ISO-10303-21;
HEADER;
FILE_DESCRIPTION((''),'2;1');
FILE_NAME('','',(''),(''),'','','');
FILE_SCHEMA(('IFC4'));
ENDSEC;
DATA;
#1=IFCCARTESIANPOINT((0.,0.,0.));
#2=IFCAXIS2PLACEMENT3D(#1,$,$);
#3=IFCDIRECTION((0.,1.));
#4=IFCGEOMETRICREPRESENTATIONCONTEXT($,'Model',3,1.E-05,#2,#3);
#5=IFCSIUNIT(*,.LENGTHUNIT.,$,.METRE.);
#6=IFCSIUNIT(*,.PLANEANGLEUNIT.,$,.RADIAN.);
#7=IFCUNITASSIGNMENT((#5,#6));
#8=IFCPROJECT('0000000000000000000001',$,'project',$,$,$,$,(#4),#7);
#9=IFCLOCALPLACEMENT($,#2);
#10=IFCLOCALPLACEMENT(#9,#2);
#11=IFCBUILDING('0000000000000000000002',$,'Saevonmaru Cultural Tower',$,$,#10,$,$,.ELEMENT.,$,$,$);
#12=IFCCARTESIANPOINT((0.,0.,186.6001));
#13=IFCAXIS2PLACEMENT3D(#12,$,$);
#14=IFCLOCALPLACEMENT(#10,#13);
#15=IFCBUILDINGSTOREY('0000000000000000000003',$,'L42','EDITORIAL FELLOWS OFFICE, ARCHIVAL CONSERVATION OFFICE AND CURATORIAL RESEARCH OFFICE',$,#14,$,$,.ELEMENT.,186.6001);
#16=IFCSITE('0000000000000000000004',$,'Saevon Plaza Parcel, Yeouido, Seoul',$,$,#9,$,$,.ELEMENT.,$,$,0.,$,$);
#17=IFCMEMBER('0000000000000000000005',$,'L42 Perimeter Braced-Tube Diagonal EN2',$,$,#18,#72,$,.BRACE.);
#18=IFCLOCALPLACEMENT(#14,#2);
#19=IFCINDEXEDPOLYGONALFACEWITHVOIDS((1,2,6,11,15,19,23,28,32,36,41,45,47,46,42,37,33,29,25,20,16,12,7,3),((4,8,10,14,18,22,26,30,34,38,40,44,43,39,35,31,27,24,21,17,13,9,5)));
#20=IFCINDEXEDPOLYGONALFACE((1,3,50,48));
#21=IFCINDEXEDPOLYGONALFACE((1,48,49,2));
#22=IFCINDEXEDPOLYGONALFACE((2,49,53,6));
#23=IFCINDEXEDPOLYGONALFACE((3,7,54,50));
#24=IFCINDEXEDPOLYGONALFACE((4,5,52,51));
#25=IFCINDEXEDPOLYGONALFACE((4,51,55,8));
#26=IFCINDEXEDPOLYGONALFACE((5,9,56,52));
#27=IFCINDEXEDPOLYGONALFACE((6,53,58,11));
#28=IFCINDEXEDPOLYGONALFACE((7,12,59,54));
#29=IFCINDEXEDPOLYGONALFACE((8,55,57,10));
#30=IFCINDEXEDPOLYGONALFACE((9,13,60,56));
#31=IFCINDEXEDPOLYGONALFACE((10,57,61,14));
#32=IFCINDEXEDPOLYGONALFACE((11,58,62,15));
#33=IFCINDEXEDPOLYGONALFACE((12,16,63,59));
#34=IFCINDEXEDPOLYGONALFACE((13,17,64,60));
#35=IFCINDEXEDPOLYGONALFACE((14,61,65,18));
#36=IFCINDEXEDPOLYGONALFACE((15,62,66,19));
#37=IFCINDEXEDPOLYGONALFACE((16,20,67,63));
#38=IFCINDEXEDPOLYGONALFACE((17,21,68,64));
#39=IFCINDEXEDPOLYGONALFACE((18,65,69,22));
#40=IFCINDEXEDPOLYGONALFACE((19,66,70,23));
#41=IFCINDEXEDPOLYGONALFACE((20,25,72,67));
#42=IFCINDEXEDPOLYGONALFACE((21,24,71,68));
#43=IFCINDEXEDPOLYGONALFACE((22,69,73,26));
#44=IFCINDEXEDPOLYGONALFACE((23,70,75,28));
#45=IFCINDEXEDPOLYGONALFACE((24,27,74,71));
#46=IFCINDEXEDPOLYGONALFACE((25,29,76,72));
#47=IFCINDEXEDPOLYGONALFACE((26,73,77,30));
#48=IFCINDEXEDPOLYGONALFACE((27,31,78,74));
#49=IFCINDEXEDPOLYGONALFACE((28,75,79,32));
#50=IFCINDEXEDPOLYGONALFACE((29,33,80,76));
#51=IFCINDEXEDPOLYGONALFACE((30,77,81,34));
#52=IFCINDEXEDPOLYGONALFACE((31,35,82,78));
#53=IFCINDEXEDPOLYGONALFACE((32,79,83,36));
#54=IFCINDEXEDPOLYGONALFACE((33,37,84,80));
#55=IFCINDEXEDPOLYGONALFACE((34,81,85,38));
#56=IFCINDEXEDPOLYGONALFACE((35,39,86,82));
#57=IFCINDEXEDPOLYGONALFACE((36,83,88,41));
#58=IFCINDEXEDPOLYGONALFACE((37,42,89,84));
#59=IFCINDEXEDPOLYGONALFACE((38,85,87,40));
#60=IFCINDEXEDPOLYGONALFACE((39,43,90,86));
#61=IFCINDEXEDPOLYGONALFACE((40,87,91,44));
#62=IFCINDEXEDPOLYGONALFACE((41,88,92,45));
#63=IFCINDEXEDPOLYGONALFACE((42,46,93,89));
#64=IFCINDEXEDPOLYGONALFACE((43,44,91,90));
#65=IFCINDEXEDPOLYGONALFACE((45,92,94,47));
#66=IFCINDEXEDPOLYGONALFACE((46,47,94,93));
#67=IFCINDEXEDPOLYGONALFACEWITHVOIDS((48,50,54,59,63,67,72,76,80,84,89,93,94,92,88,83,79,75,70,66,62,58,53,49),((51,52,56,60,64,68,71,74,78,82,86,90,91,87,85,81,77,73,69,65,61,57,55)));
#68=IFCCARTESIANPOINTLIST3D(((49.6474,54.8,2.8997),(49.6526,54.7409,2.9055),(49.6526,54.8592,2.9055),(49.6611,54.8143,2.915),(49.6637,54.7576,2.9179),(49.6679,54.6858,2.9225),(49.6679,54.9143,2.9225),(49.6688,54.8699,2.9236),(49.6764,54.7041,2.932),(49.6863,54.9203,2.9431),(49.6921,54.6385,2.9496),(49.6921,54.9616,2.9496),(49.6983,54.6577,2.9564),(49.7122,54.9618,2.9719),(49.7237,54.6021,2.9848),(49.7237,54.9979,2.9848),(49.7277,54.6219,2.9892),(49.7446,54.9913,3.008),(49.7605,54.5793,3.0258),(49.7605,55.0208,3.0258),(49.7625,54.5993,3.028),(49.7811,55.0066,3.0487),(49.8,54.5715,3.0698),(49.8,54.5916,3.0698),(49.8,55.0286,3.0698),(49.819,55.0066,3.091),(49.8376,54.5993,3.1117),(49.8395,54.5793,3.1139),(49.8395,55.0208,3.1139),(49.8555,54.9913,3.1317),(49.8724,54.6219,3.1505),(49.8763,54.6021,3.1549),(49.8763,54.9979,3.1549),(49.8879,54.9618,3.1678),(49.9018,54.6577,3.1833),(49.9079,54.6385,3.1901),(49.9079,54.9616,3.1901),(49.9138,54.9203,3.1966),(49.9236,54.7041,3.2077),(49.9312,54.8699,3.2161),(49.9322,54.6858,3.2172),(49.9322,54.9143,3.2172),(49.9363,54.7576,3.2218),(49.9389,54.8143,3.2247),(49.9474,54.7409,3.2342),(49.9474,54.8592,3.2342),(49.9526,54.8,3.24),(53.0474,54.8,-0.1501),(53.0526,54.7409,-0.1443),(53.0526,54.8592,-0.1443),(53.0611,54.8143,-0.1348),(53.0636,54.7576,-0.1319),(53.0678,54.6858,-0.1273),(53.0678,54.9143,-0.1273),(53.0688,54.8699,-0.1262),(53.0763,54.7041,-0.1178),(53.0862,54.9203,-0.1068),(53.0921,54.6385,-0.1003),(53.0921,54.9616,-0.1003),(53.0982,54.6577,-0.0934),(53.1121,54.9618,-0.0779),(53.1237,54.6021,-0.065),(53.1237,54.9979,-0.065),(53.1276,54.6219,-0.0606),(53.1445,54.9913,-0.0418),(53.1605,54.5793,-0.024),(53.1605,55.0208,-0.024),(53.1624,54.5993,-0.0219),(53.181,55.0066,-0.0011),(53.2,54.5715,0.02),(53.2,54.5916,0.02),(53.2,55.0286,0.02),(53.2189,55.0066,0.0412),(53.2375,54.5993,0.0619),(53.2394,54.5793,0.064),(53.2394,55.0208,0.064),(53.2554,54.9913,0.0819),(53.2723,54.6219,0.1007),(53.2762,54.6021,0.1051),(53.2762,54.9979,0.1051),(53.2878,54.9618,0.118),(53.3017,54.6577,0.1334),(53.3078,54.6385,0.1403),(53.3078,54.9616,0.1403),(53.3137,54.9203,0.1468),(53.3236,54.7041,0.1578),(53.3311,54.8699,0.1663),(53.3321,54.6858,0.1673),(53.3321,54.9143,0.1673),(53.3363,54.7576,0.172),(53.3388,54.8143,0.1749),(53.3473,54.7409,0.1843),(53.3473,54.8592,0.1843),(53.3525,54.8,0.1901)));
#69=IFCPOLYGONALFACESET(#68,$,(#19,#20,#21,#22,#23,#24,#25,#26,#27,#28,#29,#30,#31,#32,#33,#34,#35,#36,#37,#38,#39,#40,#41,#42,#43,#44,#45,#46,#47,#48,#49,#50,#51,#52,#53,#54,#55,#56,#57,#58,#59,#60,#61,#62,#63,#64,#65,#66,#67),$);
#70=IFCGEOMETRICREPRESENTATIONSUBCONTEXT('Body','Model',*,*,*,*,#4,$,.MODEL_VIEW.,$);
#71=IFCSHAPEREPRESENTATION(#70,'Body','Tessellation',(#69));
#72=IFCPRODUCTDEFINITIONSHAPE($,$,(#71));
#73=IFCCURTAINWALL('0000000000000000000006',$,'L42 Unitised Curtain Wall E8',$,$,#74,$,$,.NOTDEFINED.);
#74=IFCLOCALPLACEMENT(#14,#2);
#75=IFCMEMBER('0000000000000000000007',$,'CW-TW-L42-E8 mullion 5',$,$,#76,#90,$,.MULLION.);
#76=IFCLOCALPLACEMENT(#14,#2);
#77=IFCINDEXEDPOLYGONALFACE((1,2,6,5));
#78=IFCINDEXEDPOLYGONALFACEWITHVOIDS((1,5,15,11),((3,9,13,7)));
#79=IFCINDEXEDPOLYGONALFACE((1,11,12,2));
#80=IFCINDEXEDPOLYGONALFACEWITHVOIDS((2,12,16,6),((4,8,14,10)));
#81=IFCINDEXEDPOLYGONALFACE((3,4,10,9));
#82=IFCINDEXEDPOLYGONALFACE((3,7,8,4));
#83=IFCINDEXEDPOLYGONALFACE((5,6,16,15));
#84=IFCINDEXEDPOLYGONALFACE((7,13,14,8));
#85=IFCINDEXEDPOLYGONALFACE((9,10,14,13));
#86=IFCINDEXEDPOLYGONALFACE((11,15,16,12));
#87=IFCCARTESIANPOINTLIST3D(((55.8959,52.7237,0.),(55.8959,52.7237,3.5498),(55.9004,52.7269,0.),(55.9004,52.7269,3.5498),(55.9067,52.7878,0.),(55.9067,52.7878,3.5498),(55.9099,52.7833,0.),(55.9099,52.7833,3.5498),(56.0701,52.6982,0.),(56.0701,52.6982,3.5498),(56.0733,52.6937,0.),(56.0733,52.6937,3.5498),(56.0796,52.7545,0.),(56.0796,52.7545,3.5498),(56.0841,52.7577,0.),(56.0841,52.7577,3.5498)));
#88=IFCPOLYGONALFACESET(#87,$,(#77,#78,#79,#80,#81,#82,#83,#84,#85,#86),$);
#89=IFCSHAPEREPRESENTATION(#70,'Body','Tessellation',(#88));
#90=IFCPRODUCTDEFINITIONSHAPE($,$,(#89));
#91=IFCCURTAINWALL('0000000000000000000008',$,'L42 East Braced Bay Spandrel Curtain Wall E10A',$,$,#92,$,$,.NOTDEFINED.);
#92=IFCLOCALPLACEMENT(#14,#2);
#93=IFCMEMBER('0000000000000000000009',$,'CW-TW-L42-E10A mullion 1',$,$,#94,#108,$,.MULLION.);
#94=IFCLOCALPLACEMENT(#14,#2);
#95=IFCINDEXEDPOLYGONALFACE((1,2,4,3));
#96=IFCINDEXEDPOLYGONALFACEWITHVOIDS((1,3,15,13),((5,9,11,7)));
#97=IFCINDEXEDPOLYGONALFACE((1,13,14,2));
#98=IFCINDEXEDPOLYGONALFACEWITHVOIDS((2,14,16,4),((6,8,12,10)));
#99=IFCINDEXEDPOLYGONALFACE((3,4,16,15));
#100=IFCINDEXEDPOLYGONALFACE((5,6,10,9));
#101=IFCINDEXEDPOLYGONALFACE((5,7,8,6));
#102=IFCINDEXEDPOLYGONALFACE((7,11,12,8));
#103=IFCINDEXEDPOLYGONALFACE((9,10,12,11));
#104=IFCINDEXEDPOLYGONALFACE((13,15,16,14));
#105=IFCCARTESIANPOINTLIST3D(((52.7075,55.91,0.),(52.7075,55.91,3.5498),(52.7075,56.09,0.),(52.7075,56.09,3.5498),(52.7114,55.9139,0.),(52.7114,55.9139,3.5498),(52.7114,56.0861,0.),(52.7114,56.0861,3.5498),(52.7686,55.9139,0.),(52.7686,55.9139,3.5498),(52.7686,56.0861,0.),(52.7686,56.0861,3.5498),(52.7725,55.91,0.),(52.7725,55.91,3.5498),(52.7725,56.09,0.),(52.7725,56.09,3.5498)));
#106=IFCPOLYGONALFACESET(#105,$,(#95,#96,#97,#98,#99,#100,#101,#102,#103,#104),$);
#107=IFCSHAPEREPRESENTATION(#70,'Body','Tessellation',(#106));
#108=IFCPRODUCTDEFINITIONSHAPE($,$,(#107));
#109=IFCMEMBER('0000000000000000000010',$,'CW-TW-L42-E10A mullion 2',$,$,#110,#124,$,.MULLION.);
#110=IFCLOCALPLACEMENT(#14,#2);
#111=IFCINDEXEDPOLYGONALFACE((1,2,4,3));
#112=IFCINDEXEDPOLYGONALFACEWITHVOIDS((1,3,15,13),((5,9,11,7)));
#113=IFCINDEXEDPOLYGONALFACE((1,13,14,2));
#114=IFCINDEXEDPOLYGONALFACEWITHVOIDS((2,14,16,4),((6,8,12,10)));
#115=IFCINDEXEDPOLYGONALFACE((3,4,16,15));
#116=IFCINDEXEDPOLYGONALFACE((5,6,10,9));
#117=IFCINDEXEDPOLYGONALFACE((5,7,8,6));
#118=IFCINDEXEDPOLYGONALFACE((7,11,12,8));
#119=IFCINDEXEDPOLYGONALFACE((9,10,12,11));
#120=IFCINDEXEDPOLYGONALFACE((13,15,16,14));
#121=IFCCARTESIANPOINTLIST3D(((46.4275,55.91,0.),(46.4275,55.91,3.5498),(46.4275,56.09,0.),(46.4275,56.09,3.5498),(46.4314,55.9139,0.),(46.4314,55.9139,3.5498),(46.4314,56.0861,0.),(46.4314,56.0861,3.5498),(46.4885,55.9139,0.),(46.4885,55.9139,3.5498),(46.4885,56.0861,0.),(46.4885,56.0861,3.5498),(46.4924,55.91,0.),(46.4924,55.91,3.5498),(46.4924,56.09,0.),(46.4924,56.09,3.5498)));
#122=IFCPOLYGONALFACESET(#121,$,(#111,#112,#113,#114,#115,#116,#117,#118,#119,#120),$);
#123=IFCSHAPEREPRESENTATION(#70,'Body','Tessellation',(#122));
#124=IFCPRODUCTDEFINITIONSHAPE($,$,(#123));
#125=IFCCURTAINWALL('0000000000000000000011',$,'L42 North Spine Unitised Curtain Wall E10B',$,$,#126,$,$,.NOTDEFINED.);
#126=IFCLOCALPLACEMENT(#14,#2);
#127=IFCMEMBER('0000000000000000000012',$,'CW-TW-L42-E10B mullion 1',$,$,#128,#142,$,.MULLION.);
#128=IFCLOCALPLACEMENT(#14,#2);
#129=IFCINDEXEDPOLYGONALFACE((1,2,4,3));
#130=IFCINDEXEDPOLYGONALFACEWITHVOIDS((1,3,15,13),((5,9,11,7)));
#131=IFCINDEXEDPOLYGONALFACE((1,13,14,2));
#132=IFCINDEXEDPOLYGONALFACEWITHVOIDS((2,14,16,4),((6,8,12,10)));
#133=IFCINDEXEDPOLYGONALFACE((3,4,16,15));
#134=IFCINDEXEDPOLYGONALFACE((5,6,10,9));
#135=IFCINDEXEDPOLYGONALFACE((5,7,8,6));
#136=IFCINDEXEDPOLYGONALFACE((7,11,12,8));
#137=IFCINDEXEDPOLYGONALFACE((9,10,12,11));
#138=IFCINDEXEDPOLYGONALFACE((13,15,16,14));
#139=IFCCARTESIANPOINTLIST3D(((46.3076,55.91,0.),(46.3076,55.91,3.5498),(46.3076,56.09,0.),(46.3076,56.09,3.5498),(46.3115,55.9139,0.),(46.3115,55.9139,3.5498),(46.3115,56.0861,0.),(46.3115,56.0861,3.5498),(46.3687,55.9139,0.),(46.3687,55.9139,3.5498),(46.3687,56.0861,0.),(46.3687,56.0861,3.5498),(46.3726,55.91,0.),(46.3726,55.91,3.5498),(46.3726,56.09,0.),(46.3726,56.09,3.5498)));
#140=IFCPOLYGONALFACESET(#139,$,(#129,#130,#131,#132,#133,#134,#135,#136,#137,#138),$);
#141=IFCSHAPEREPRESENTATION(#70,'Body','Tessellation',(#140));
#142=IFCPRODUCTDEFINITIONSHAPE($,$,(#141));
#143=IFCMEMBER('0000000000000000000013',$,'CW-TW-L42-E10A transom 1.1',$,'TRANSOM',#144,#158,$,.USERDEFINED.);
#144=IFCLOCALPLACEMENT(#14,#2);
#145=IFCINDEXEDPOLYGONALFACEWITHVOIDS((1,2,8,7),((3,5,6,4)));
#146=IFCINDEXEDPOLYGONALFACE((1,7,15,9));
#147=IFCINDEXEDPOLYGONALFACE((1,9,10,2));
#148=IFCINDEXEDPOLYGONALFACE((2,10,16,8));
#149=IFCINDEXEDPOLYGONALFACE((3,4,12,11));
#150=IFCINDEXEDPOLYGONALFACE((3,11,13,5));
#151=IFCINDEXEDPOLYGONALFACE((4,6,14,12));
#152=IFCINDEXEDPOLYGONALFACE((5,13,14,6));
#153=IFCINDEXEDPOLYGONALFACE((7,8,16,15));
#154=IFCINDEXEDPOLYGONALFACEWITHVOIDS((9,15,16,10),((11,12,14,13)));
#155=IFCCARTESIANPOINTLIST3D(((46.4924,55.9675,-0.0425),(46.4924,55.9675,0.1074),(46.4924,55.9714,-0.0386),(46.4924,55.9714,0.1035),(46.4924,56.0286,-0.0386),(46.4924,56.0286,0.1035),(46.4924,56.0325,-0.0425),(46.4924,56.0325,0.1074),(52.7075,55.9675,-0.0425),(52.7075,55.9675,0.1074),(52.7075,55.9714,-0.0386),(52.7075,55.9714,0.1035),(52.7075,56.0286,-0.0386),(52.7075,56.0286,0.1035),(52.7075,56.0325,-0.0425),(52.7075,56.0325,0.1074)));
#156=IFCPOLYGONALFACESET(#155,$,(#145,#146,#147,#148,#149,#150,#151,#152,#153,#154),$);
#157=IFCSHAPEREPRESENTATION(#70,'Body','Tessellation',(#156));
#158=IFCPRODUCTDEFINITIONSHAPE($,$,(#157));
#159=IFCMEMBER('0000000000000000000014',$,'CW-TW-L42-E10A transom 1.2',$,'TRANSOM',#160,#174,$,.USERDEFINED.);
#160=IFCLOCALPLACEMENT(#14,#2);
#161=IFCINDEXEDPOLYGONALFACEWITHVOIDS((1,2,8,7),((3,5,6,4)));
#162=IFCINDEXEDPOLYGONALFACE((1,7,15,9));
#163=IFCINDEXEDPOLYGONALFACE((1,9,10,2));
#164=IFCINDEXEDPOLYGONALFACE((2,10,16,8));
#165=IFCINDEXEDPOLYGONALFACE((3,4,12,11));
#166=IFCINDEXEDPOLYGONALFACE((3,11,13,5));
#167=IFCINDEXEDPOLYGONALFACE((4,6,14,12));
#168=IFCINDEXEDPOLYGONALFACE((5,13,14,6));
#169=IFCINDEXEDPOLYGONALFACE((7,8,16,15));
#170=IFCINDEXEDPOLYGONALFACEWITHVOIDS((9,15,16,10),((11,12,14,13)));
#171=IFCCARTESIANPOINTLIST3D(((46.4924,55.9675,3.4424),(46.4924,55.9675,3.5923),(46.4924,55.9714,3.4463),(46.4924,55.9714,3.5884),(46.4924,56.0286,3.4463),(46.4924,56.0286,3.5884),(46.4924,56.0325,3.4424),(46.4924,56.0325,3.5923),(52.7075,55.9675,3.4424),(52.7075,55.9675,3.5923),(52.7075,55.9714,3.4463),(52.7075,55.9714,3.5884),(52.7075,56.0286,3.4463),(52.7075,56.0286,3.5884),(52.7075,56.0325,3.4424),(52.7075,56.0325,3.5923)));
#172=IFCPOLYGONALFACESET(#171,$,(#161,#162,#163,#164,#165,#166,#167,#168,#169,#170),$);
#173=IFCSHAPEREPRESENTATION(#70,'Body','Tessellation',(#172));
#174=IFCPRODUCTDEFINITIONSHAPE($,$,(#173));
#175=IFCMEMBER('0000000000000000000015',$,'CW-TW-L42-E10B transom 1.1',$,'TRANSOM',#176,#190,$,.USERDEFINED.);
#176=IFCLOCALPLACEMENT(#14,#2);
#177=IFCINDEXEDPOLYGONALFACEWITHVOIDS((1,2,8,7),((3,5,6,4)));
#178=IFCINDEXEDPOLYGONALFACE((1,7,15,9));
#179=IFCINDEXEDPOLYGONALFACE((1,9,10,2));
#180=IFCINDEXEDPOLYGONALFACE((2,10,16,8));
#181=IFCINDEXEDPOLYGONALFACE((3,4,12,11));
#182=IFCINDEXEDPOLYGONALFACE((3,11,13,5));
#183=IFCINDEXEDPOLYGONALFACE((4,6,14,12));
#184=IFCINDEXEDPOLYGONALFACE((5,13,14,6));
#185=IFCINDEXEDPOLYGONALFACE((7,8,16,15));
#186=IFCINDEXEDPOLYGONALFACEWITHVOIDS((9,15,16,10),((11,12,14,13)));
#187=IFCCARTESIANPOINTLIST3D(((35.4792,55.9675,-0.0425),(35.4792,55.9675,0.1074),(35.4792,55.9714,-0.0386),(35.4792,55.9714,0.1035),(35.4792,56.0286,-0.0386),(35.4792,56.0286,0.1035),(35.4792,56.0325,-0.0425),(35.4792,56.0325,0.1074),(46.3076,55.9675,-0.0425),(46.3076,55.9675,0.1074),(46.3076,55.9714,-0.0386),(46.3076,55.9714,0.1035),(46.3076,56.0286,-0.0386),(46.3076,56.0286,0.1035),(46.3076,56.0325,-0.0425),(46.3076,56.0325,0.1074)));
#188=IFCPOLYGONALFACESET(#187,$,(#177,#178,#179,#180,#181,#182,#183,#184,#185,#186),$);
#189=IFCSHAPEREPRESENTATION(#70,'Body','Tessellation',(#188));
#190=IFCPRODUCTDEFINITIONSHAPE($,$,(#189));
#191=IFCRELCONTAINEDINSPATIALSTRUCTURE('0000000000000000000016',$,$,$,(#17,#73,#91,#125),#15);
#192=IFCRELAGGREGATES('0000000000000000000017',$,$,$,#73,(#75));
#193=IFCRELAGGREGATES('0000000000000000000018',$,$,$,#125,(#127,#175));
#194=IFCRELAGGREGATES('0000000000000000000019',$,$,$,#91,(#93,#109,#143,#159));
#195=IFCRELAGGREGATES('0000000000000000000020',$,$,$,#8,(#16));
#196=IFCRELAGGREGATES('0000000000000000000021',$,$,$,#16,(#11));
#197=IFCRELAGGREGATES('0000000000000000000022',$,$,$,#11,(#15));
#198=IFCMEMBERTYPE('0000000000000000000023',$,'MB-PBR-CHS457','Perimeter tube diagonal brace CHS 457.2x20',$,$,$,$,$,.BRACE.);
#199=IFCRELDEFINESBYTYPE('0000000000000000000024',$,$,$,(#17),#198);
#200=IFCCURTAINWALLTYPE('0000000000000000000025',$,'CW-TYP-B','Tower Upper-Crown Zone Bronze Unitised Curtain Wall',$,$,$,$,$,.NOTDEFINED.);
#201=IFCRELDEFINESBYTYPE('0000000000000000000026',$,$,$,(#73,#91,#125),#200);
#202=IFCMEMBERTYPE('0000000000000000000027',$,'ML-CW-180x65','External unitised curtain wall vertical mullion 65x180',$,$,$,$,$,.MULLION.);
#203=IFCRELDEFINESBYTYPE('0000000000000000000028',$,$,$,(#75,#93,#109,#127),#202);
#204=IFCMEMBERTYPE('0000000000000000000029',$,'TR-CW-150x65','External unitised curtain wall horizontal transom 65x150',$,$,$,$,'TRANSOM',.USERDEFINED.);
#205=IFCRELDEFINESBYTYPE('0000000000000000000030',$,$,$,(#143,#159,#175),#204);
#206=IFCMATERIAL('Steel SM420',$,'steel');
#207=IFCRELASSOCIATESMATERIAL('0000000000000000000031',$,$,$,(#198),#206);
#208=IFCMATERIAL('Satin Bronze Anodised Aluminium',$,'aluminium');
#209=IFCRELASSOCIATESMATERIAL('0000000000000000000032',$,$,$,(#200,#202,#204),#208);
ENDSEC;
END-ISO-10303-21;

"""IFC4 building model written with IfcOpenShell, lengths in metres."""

from ifc_helpers import new_model, si_unit, direction, frame, origin, origin_2d, place, context, subcontext, project, spatial, hollow_rectangle, hollow_circle, extrude, material, material_profile, profile_set, type_object, element, aggregate, save


model = new_model("IFC4")

# Units and contexts
model_context = context("Model", 3, precision=1e-05, world=origin(), true_north=direction((0.0, 1.0)))
body_context = subcontext(model_context, "Body", "Model", "MODEL_VIEW")
ifc_project = project(units=[si_unit("LENGTHUNIT", "METRE"), si_unit("PLANEANGLEUNIT", "RADIAN")], contexts=[model_context])

# Site, building, storey
site_placement = place(None, origin())
site = spatial("IfcSite", under=ifc_project, at=site_placement, Name="Saevon Plaza Parcel, Yeouido, Seoul", CompositionType="ELEMENT", RefElevation=0.0)
building_placement = place(site_placement, origin())
building = spatial("IfcBuilding", under=site, at=building_placement, Name="Saevonmaru Cultural Tower", CompositionType="ELEMENT")
storey_placement = place(building_placement, frame((0.0, 0.0, 186.6001)))
storey = spatial("IfcBuildingStorey", under=building, at=storey_placement, Name="L42", Description="EDITORIAL FELLOWS OFFICE, ARCHIVAL CONSERVATION OFFICE AND CURATORIAL RESEARCH OFFICE", CompositionType="ELEMENT", Elevation=186.6001)

# Shared definitions
ifc_material_1 = material(Name="Steel SM420", Category="steel")

# Member
ifc_material_profile_1 = material_profile(ifc_material_1, hollow_circle(Radius=0.2285, WallThickness=0.02, at=origin_2d()), Name="CHS-457.2x20")
ifc_profile_set_1 = profile_set([ifc_material_profile_1], Name="Steel SM420")
member_type_1 = type_object("IfcMemberType", Name="MB-PBR-CHS457", Description="Perimeter tube diagonal brace CHS 457.2x20", PredefinedType="BRACE", material=ifc_profile_set_1)
member_1_placement = place(storey_placement, frame((53.2, 54.8, 0.02), z_axis=(-0.744394, 0.0, 0.667741), x_axis=(0.0, -1.0, 0.0)))
element("IfcMember", 1, at=member_1_placement, inside=storey, type_object=member_type_1, Name="L42 Perimeter Braced-Tube Diagonal EN2", PredefinedType="BRACE", context=body_context, shape_type="SweptSolid", body=[
    extrude(hollow_circle(Radius=0.2285, WallThickness=0.02, at=origin_2d()), origin(), (0.0, 0.0, 1.0), 4.5674),
])

# Curtain wall, member
ifc_material_2 = material(Name="Satin Bronze Anodised Aluminium", Category="aluminium")
curtain_wall_type = type_object("IfcCurtainWallType", Name="CW-TYP-B", Description="Tower Upper-Crown Zone Bronze Unitised Curtain Wall", PredefinedType="NOTDEFINED", material=ifc_material_2)
curtain_wall_1_placement = place(storey_placement, origin())
curtain_wall_1 = element("IfcCurtainWall", 2, at=curtain_wall_1_placement, inside=storey, type_object=curtain_wall_type, Name="L42 Unitised Curtain Wall E8", PredefinedType="NOTDEFINED")
ifc_material_profile_2 = material_profile(ifc_material_2, hollow_rectangle(XDim=0.0649, YDim=0.1799, WallThickness=0.0039, at=origin_2d()), Name="ALU-MULL-180x65x4")
ifc_profile_set_2 = profile_set([ifc_material_profile_2], Name="Satin Bronze Anodised Aluminium")
member_type_2 = type_object("IfcMemberType", Name="ML-CW-180x65", Description="External unitised curtain wall vertical mullion 65x180", PredefinedType="MULLION", material=ifc_profile_set_2)
member_2_placement = place(storey_placement, frame((55.99, 52.7407, 0.0), z_axis=(0.0, 0.0, 1.0), x_axis=(0.166922, 0.98597, 0.0)))
member_2 = element("IfcMember", 3, at=member_2_placement, type_object=member_type_2, Name="CW-TW-L42-E8 mullion 5", PredefinedType="MULLION", context=body_context, shape_type="SweptSolid", body=[
    extrude(hollow_rectangle(XDim=0.0649, YDim=0.1799, WallThickness=0.0039, at=origin_2d()), origin(), (0.0, 0.0, 1.0), 3.5498),
])
aggregate(curtain_wall_1, [member_2])

# Curtain wall, members
curtain_wall_2_placement = place(storey_placement, origin())
curtain_wall_2 = element("IfcCurtainWall", 4, at=curtain_wall_2_placement, inside=storey, type_object=curtain_wall_type, Name="L42 East Braced Bay Spandrel Curtain Wall E10A", PredefinedType="NOTDEFINED")
member_3_placement = place(storey_placement, frame((52.74, 56.0, 0.0), z_axis=(0.0, 0.0, 1.0), x_axis=(-1.0, 0.0, 0.0)))
member_3 = element("IfcMember", 5, at=member_3_placement, type_object=member_type_2, Name="CW-TW-L42-E10A mullion 1", PredefinedType="MULLION", context=body_context, shape_type="SweptSolid", body=[
    extrude(hollow_rectangle(XDim=0.0649, YDim=0.1799, WallThickness=0.0039, at=origin_2d()), origin(), (0.0, 0.0, 1.0), 3.5498),
])
member_4_placement = place(storey_placement, frame((46.46, 56.0, 0.0), z_axis=(0.0, 0.0, 1.0), x_axis=(-1.0, 0.0, 0.0)))
member_4 = element("IfcMember", 6, at=member_4_placement, type_object=member_type_2, Name="CW-TW-L42-E10A mullion 2", PredefinedType="MULLION", context=body_context, shape_type="SweptSolid", body=[
    extrude(hollow_rectangle(XDim=0.0649, YDim=0.1799, WallThickness=0.0039, at=origin_2d()), origin(), (0.0, 0.0, 1.0), 3.5498),
])

# Curtain wall, member
curtain_wall_3_placement = place(storey_placement, origin())
curtain_wall_3 = element("IfcCurtainWall", 7, at=curtain_wall_3_placement, inside=storey, type_object=curtain_wall_type, Name="L42 North Spine Unitised Curtain Wall E10B", PredefinedType="NOTDEFINED")
member_5_placement = place(storey_placement, frame((46.3401, 56.0, 0.0), z_axis=(0.0, 0.0, 1.0), x_axis=(-1.0, 0.0, 0.0)))
member_5 = element("IfcMember", 8, at=member_5_placement, type_object=member_type_2, Name="CW-TW-L42-E10B mullion 1", PredefinedType="MULLION", context=body_context, shape_type="SweptSolid", body=[
    extrude(hollow_rectangle(XDim=0.0649, YDim=0.1799, WallThickness=0.0039, at=origin_2d()), origin(), (0.0, 0.0, 1.0), 3.5498),
])

# Members
ifc_material_profile_3 = material_profile(ifc_material_2, hollow_rectangle(XDim=0.0649, YDim=0.1499, WallThickness=0.0039, at=origin_2d()), Name="ALU-TRAN-150x65x4")
ifc_profile_set_3 = profile_set([ifc_material_profile_3], Name="Satin Bronze Anodised Aluminium")
member_type_3 = type_object("IfcMemberType", Name="TR-CW-150x65", Description="External unitised curtain wall horizontal transom 65x150", ElementType="TRANSOM", PredefinedType="USERDEFINED", material=ifc_profile_set_3)
member_6_placement = place(storey_placement, frame((52.7075, 56.0, 0.0325), z_axis=(-1.0, 0.0, 0.0), x_axis=(0.0, -1.0, 0.0)))
member_6 = element("IfcMember", 9, at=member_6_placement, type_object=member_type_3, Name="CW-TW-L42-E10A transom 1.1", ObjectType="TRANSOM", PredefinedType="USERDEFINED", context=body_context, shape_type="SweptSolid", body=[
    extrude(hollow_rectangle(XDim=0.0649, YDim=0.1499, WallThickness=0.0039, at=origin_2d()), origin(), (0.0, 0.0, 1.0), 6.2151),
])
member_7_placement = place(storey_placement, frame((52.7075, 56.0, 3.5173), z_axis=(-1.0, 0.0, 0.0), x_axis=(0.0, -1.0, 0.0)))
member_7 = element("IfcMember", 10, at=member_7_placement, type_object=member_type_3, Name="CW-TW-L42-E10A transom 1.2", ObjectType="TRANSOM", PredefinedType="USERDEFINED", context=body_context, shape_type="SweptSolid", body=[
    extrude(hollow_rectangle(XDim=0.0649, YDim=0.1499, WallThickness=0.0039, at=origin_2d()), origin(), (0.0, 0.0, 1.0), 6.2151),
])
member_8_placement = place(storey_placement, frame((46.3076, 56.0, 0.0325), z_axis=(-1.0, 0.0, 0.0), x_axis=(0.0, -1.0, 0.0)))
member_8 = element("IfcMember", 11, at=member_8_placement, type_object=member_type_3, Name="CW-TW-L42-E10B transom 1.1", ObjectType="TRANSOM", PredefinedType="USERDEFINED", context=body_context, shape_type="SweptSolid", body=[
    extrude(hollow_rectangle(XDim=0.0649, YDim=0.1499, WallThickness=0.0039, at=origin_2d()), origin(), (0.0, 0.0, 1.0), 10.8284),
])
aggregate(curtain_wall_3, [member_5, member_8])

aggregate(curtain_wall_2, [member_3, member_4, member_6, member_7])

save(model, "model.ifc")
